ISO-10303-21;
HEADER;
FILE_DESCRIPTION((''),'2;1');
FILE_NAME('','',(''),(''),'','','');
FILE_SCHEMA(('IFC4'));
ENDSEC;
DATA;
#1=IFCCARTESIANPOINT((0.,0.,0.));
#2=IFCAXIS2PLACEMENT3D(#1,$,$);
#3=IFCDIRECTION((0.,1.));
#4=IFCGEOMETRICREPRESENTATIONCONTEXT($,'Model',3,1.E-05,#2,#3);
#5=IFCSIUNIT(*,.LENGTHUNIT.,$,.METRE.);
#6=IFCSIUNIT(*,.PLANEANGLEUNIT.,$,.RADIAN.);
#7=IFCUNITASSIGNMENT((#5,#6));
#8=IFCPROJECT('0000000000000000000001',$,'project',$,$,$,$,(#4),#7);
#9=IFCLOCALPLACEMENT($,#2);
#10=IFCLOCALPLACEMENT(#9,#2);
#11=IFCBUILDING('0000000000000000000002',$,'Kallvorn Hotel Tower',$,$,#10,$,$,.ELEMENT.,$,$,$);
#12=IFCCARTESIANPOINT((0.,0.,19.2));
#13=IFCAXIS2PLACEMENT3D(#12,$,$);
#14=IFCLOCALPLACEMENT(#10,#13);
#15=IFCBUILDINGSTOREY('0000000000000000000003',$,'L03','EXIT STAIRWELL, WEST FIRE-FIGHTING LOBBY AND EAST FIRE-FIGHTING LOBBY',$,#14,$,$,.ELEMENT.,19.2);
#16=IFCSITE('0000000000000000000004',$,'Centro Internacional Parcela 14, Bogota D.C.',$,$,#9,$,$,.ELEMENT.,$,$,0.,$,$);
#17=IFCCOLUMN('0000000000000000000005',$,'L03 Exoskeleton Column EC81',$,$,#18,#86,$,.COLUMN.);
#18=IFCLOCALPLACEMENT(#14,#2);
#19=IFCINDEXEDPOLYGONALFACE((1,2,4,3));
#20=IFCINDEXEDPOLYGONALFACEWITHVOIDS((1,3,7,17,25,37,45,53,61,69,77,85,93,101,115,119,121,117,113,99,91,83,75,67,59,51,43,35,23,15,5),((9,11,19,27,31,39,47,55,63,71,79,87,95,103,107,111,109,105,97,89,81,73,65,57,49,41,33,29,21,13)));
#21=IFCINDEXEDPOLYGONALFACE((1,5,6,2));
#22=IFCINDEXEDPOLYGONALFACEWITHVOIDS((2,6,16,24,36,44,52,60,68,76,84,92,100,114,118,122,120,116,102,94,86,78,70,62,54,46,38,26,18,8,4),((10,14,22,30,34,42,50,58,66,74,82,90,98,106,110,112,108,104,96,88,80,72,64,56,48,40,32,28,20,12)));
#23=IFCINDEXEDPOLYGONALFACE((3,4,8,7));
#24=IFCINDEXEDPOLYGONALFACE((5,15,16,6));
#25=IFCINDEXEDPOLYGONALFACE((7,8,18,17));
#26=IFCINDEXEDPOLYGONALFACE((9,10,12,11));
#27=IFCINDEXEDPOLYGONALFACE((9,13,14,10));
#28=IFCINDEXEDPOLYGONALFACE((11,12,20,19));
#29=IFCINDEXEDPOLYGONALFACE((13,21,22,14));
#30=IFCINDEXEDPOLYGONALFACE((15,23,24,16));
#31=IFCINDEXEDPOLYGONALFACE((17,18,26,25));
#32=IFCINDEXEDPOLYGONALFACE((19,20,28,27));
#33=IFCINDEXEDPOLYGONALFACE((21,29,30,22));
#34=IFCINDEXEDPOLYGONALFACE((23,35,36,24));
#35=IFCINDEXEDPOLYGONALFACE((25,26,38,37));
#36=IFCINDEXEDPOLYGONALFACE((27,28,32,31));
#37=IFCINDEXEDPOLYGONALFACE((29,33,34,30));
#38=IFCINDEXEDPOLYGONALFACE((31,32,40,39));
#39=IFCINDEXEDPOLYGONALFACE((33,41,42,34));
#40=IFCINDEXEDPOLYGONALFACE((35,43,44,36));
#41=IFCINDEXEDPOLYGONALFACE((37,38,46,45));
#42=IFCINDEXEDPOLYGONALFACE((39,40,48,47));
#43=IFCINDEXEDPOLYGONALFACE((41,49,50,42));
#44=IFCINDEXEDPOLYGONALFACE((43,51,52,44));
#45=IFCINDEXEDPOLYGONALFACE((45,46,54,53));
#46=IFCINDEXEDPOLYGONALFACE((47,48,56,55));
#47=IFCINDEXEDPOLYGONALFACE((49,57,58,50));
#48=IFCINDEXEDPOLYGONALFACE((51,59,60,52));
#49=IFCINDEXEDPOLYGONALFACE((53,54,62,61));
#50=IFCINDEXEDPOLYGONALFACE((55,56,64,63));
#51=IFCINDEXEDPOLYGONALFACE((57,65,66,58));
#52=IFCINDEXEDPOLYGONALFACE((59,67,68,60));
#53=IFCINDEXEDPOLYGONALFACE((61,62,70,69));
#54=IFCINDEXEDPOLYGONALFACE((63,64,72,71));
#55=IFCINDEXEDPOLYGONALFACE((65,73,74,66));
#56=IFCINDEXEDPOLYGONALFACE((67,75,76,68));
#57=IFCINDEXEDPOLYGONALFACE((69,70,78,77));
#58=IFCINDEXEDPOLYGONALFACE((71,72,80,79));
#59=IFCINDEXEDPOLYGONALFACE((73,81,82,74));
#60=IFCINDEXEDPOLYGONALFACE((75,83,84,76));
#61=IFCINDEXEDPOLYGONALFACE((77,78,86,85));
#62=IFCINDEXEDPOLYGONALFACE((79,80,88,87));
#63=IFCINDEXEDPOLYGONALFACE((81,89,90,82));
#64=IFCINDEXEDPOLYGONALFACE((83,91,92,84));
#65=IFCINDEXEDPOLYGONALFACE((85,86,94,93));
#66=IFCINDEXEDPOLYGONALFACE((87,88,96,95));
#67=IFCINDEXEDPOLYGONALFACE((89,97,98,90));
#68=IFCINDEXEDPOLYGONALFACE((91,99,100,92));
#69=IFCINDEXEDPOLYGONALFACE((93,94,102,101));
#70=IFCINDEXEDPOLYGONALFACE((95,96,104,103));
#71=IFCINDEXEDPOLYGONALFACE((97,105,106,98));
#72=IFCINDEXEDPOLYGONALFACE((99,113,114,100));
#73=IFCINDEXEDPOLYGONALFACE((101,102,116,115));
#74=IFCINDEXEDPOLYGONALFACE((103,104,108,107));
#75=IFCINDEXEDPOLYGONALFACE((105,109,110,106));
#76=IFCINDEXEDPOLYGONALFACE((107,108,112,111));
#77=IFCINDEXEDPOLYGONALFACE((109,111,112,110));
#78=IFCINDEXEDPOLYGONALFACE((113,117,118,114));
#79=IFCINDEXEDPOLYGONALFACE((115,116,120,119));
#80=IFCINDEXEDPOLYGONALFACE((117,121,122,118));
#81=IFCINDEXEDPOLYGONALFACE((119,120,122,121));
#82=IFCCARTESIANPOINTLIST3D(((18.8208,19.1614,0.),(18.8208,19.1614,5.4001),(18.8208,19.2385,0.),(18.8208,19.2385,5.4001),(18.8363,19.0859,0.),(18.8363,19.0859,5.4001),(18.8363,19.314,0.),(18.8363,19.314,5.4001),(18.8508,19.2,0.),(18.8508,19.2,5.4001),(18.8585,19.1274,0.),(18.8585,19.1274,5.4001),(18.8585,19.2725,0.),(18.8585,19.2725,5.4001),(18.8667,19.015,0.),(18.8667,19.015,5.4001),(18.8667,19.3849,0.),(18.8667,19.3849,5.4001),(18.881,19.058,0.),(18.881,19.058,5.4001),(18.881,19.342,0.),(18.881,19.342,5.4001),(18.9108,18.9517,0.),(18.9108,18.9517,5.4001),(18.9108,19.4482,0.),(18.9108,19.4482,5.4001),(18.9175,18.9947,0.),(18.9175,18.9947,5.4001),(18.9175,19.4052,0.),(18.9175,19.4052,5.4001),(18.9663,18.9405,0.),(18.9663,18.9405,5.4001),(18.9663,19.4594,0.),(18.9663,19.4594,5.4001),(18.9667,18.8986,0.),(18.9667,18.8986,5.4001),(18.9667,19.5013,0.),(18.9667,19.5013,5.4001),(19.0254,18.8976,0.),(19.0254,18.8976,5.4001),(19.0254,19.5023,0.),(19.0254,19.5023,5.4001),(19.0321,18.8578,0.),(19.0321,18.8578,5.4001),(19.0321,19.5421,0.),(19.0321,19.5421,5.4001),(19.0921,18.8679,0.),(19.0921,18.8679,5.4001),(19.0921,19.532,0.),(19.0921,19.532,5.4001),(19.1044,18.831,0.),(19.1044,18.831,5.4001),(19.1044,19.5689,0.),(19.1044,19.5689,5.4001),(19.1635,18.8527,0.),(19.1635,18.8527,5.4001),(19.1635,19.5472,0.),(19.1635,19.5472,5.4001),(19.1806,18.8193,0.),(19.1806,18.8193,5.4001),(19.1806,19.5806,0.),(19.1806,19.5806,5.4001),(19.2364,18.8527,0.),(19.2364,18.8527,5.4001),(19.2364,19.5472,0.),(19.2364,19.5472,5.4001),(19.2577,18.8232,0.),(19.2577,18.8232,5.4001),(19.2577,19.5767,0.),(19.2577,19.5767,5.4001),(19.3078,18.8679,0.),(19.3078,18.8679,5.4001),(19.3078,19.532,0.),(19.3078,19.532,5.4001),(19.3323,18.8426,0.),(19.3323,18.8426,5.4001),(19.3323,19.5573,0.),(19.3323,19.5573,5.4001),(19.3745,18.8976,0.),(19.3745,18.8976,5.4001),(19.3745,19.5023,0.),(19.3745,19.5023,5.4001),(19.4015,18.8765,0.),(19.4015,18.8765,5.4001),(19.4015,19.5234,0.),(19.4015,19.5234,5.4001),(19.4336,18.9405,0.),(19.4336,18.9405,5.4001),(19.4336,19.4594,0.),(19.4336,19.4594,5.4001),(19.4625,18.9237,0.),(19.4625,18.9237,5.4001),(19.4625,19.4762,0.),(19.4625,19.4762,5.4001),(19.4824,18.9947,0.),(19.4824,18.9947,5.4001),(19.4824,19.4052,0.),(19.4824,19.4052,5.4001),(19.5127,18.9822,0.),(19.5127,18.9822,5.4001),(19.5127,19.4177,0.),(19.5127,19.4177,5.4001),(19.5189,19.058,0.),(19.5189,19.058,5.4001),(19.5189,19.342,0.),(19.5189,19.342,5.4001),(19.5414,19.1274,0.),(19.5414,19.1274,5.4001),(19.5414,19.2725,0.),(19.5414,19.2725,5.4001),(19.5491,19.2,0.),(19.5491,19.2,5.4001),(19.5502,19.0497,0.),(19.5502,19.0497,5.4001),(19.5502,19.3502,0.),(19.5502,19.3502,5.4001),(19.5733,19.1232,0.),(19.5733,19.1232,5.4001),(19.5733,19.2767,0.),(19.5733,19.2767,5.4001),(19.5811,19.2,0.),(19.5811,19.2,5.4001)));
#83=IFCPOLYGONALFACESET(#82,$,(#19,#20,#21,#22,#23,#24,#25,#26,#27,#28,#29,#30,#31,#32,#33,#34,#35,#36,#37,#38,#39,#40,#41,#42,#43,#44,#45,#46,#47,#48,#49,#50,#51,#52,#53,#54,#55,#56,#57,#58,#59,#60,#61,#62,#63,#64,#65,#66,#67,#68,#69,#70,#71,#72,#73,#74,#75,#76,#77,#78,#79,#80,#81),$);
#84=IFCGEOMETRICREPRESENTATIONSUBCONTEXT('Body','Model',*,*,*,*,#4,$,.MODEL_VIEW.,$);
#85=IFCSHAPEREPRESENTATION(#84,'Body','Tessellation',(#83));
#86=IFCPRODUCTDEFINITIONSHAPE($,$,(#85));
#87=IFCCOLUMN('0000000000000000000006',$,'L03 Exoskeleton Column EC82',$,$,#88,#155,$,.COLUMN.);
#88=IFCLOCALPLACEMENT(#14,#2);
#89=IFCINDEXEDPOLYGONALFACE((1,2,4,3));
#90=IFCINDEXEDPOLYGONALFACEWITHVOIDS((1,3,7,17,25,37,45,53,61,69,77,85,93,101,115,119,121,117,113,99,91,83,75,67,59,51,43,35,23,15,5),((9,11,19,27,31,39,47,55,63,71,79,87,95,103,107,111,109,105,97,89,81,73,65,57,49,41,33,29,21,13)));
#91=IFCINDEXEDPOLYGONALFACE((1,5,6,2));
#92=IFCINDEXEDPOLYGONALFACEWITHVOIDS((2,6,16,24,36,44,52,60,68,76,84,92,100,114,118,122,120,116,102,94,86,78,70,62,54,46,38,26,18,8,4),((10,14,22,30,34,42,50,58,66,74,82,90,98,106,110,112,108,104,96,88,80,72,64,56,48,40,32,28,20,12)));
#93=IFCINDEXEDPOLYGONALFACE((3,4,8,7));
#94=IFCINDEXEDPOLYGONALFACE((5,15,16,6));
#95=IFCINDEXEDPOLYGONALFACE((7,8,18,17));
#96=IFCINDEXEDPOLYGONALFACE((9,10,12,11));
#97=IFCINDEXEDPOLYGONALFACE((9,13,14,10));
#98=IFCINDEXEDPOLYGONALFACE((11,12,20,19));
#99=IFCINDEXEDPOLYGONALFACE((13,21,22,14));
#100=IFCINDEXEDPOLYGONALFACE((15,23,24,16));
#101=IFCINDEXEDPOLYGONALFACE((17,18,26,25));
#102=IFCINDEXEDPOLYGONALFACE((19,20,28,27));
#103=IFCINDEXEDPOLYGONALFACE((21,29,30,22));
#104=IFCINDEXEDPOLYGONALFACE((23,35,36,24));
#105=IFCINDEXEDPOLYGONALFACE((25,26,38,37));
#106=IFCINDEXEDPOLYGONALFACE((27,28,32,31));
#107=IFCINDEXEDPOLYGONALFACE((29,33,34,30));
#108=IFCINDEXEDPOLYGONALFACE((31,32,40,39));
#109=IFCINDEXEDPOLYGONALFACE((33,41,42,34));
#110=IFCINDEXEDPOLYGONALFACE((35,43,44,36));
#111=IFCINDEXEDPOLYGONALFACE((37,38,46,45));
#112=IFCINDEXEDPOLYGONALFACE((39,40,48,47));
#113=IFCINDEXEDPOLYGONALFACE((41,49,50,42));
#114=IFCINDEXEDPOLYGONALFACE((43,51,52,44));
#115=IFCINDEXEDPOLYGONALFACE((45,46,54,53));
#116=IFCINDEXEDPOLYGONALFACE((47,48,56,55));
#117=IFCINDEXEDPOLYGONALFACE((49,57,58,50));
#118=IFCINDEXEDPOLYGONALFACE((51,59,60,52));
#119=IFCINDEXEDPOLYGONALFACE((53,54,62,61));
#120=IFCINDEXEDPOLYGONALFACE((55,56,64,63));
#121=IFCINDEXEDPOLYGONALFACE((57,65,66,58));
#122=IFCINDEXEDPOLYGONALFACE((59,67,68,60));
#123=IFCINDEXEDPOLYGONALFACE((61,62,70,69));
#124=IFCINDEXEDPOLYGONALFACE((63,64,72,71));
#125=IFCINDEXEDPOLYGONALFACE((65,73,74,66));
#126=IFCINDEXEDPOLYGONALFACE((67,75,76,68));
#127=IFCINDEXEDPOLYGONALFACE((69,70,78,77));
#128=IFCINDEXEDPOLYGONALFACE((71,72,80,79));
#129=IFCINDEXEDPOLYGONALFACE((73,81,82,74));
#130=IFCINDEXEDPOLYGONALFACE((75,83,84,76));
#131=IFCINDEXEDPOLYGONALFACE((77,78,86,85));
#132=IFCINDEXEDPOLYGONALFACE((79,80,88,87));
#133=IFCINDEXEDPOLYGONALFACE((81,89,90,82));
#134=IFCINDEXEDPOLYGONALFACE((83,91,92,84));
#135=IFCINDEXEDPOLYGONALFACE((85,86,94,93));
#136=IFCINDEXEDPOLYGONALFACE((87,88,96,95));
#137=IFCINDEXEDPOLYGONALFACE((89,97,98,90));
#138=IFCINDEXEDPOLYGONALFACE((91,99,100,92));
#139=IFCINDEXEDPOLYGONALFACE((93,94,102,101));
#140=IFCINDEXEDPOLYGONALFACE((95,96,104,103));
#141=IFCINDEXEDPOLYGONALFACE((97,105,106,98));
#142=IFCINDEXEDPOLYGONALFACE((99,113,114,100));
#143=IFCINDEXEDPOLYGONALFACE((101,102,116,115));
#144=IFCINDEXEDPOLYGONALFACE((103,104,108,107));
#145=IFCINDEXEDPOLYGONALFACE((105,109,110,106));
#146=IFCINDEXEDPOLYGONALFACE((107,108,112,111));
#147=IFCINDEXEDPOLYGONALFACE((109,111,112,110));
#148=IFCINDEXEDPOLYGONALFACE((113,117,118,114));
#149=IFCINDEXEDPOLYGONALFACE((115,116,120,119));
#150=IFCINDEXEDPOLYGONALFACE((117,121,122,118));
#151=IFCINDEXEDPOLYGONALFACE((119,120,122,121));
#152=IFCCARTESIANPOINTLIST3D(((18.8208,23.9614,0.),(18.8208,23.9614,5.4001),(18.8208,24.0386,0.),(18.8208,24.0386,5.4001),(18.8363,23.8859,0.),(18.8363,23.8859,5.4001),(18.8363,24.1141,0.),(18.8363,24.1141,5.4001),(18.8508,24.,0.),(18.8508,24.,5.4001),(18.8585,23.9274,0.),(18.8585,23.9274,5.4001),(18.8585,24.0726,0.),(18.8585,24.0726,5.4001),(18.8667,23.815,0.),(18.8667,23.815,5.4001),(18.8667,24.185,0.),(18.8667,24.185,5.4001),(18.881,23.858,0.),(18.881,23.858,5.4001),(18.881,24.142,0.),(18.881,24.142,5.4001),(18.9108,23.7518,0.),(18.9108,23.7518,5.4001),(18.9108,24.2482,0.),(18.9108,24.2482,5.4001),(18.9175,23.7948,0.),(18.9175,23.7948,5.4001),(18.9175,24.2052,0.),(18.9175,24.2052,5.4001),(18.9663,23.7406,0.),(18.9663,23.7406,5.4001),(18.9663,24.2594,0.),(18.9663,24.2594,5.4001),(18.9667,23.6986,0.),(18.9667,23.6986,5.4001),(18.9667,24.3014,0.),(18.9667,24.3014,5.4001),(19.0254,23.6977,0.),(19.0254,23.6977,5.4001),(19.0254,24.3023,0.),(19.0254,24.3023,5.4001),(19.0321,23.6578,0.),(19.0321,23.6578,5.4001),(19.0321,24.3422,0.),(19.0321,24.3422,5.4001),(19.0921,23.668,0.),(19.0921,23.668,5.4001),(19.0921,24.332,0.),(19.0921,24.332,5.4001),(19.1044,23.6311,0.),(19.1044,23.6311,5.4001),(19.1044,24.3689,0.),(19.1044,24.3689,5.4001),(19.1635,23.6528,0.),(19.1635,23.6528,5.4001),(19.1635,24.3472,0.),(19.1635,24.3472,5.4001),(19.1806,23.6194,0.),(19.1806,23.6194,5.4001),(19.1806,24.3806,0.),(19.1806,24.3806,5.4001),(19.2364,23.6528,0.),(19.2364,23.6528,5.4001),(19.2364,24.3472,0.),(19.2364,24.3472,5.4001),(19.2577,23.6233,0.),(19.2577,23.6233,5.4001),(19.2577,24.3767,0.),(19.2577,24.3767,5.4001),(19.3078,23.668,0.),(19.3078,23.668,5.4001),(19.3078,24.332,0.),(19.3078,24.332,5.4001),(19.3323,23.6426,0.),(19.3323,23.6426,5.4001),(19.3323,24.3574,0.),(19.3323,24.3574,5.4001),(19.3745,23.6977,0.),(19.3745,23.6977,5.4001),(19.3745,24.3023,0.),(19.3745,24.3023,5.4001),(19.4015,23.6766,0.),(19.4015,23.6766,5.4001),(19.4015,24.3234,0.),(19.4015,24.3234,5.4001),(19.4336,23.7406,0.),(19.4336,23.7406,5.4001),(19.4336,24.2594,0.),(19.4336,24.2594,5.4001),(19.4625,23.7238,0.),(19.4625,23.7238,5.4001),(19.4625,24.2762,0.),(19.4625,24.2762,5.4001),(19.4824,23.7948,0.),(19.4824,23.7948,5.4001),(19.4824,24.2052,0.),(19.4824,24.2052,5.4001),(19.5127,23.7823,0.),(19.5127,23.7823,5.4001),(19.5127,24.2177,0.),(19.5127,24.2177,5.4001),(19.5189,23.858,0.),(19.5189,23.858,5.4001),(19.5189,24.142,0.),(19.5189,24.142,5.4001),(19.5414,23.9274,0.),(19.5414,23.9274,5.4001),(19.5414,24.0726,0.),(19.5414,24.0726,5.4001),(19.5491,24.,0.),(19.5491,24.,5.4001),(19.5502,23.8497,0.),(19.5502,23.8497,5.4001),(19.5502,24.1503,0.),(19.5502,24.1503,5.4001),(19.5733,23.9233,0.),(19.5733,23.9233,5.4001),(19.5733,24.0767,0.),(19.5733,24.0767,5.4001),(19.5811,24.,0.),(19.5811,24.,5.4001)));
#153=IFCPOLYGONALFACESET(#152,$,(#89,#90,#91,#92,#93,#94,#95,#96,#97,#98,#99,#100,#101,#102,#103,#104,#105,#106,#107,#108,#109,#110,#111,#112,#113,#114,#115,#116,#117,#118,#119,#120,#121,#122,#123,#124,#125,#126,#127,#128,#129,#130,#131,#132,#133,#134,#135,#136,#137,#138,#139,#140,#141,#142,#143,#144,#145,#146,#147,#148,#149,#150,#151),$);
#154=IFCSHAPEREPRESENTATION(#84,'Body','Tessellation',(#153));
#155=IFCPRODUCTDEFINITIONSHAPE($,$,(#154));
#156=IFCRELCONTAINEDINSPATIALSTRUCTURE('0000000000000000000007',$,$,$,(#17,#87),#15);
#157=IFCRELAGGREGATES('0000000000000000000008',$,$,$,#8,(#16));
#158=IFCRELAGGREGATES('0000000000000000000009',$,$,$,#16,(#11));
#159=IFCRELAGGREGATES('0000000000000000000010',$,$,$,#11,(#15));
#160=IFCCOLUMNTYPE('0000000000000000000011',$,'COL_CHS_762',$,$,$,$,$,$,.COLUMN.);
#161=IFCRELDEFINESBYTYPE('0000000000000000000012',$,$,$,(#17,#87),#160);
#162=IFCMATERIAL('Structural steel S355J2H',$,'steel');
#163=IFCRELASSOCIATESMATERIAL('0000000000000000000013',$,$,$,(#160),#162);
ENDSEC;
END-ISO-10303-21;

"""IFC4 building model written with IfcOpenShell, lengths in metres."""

from ifc_helpers import new_model, si_unit, direction, frame, origin, origin_2d, place, context, subcontext, project, spatial, hollow_circle, extrude, material, material_profile, profile_set, type_object, element, save


model = new_model("IFC4")

# Units and contexts
model_context = context("Model", 3, precision=1e-05, world=origin(), true_north=direction((0.0, 1.0)))
body_context = subcontext(model_context, "Body", "Model", "MODEL_VIEW")
ifc_project = project(units=[si_unit("LENGTHUNIT", "METRE"), si_unit("PLANEANGLEUNIT", "RADIAN")], contexts=[model_context])

# Site, building, storey
site_placement = place(None, origin())
site = spatial("IfcSite", under=ifc_project, at=site_placement, Name="Centro Internacional Parcela 14, Bogota D.C.", CompositionType="ELEMENT", RefElevation=0.0)
building_placement = place(site_placement, origin())
building = spatial("IfcBuilding", under=site, at=building_placement, Name="Kallvorn Hotel Tower", CompositionType="ELEMENT")
storey_placement = place(building_placement, frame((0.0, 0.0, 19.2)))
storey = spatial("IfcBuildingStorey", under=building, at=storey_placement, Name="L03", Description="EXIT STAIRWELL, WEST FIRE-FIGHTING LOBBY AND EAST FIRE-FIGHTING LOBBY", CompositionType="ELEMENT", Elevation=19.2)

# Columns
ifc_material_1 = material(Name="Structural steel S355J2H", Category="steel")
ifc_material_profile_1 = material_profile(ifc_material_1, hollow_circle(Radius=0.3811, WallThickness=0.032, at=origin_2d()), Name="CHS 762x32")
ifc_profile_set_1 = profile_set([ifc_material_profile_1], Name="Structural steel S355J2H")
column_type_1 = type_object("IfcColumnType", Name="COL_CHS_762", PredefinedType="COLUMN", material=ifc_profile_set_1)
for number, where, z_axis, x_axis, name in (
    (1, (19.2, 19.2, 0.0), (0.0, 0.0, 1.0), (1.0, 0.0, 0.0), "L03 Exoskeleton Column EC81"),
    (2, (19.2, 24.0, 0.0), (0.0, 0.0, 1.0), (1.0, 0.0, 0.0), "L03 Exoskeleton Column EC82"),
):
    element("IfcColumn", number, at=place(storey_placement, frame(where, z_axis=z_axis, x_axis=x_axis)), inside=storey, type_object=column_type_1, Name=name, PredefinedType="COLUMN", context=body_context, shape_type="SweptSolid", body=[
        extrude(hollow_circle(Radius=0.3811, WallThickness=0.032, at=origin_2d()), origin(), (0.0, 0.0, 1.0), 5.4001),
    ])

save(model, "model.ifc")
